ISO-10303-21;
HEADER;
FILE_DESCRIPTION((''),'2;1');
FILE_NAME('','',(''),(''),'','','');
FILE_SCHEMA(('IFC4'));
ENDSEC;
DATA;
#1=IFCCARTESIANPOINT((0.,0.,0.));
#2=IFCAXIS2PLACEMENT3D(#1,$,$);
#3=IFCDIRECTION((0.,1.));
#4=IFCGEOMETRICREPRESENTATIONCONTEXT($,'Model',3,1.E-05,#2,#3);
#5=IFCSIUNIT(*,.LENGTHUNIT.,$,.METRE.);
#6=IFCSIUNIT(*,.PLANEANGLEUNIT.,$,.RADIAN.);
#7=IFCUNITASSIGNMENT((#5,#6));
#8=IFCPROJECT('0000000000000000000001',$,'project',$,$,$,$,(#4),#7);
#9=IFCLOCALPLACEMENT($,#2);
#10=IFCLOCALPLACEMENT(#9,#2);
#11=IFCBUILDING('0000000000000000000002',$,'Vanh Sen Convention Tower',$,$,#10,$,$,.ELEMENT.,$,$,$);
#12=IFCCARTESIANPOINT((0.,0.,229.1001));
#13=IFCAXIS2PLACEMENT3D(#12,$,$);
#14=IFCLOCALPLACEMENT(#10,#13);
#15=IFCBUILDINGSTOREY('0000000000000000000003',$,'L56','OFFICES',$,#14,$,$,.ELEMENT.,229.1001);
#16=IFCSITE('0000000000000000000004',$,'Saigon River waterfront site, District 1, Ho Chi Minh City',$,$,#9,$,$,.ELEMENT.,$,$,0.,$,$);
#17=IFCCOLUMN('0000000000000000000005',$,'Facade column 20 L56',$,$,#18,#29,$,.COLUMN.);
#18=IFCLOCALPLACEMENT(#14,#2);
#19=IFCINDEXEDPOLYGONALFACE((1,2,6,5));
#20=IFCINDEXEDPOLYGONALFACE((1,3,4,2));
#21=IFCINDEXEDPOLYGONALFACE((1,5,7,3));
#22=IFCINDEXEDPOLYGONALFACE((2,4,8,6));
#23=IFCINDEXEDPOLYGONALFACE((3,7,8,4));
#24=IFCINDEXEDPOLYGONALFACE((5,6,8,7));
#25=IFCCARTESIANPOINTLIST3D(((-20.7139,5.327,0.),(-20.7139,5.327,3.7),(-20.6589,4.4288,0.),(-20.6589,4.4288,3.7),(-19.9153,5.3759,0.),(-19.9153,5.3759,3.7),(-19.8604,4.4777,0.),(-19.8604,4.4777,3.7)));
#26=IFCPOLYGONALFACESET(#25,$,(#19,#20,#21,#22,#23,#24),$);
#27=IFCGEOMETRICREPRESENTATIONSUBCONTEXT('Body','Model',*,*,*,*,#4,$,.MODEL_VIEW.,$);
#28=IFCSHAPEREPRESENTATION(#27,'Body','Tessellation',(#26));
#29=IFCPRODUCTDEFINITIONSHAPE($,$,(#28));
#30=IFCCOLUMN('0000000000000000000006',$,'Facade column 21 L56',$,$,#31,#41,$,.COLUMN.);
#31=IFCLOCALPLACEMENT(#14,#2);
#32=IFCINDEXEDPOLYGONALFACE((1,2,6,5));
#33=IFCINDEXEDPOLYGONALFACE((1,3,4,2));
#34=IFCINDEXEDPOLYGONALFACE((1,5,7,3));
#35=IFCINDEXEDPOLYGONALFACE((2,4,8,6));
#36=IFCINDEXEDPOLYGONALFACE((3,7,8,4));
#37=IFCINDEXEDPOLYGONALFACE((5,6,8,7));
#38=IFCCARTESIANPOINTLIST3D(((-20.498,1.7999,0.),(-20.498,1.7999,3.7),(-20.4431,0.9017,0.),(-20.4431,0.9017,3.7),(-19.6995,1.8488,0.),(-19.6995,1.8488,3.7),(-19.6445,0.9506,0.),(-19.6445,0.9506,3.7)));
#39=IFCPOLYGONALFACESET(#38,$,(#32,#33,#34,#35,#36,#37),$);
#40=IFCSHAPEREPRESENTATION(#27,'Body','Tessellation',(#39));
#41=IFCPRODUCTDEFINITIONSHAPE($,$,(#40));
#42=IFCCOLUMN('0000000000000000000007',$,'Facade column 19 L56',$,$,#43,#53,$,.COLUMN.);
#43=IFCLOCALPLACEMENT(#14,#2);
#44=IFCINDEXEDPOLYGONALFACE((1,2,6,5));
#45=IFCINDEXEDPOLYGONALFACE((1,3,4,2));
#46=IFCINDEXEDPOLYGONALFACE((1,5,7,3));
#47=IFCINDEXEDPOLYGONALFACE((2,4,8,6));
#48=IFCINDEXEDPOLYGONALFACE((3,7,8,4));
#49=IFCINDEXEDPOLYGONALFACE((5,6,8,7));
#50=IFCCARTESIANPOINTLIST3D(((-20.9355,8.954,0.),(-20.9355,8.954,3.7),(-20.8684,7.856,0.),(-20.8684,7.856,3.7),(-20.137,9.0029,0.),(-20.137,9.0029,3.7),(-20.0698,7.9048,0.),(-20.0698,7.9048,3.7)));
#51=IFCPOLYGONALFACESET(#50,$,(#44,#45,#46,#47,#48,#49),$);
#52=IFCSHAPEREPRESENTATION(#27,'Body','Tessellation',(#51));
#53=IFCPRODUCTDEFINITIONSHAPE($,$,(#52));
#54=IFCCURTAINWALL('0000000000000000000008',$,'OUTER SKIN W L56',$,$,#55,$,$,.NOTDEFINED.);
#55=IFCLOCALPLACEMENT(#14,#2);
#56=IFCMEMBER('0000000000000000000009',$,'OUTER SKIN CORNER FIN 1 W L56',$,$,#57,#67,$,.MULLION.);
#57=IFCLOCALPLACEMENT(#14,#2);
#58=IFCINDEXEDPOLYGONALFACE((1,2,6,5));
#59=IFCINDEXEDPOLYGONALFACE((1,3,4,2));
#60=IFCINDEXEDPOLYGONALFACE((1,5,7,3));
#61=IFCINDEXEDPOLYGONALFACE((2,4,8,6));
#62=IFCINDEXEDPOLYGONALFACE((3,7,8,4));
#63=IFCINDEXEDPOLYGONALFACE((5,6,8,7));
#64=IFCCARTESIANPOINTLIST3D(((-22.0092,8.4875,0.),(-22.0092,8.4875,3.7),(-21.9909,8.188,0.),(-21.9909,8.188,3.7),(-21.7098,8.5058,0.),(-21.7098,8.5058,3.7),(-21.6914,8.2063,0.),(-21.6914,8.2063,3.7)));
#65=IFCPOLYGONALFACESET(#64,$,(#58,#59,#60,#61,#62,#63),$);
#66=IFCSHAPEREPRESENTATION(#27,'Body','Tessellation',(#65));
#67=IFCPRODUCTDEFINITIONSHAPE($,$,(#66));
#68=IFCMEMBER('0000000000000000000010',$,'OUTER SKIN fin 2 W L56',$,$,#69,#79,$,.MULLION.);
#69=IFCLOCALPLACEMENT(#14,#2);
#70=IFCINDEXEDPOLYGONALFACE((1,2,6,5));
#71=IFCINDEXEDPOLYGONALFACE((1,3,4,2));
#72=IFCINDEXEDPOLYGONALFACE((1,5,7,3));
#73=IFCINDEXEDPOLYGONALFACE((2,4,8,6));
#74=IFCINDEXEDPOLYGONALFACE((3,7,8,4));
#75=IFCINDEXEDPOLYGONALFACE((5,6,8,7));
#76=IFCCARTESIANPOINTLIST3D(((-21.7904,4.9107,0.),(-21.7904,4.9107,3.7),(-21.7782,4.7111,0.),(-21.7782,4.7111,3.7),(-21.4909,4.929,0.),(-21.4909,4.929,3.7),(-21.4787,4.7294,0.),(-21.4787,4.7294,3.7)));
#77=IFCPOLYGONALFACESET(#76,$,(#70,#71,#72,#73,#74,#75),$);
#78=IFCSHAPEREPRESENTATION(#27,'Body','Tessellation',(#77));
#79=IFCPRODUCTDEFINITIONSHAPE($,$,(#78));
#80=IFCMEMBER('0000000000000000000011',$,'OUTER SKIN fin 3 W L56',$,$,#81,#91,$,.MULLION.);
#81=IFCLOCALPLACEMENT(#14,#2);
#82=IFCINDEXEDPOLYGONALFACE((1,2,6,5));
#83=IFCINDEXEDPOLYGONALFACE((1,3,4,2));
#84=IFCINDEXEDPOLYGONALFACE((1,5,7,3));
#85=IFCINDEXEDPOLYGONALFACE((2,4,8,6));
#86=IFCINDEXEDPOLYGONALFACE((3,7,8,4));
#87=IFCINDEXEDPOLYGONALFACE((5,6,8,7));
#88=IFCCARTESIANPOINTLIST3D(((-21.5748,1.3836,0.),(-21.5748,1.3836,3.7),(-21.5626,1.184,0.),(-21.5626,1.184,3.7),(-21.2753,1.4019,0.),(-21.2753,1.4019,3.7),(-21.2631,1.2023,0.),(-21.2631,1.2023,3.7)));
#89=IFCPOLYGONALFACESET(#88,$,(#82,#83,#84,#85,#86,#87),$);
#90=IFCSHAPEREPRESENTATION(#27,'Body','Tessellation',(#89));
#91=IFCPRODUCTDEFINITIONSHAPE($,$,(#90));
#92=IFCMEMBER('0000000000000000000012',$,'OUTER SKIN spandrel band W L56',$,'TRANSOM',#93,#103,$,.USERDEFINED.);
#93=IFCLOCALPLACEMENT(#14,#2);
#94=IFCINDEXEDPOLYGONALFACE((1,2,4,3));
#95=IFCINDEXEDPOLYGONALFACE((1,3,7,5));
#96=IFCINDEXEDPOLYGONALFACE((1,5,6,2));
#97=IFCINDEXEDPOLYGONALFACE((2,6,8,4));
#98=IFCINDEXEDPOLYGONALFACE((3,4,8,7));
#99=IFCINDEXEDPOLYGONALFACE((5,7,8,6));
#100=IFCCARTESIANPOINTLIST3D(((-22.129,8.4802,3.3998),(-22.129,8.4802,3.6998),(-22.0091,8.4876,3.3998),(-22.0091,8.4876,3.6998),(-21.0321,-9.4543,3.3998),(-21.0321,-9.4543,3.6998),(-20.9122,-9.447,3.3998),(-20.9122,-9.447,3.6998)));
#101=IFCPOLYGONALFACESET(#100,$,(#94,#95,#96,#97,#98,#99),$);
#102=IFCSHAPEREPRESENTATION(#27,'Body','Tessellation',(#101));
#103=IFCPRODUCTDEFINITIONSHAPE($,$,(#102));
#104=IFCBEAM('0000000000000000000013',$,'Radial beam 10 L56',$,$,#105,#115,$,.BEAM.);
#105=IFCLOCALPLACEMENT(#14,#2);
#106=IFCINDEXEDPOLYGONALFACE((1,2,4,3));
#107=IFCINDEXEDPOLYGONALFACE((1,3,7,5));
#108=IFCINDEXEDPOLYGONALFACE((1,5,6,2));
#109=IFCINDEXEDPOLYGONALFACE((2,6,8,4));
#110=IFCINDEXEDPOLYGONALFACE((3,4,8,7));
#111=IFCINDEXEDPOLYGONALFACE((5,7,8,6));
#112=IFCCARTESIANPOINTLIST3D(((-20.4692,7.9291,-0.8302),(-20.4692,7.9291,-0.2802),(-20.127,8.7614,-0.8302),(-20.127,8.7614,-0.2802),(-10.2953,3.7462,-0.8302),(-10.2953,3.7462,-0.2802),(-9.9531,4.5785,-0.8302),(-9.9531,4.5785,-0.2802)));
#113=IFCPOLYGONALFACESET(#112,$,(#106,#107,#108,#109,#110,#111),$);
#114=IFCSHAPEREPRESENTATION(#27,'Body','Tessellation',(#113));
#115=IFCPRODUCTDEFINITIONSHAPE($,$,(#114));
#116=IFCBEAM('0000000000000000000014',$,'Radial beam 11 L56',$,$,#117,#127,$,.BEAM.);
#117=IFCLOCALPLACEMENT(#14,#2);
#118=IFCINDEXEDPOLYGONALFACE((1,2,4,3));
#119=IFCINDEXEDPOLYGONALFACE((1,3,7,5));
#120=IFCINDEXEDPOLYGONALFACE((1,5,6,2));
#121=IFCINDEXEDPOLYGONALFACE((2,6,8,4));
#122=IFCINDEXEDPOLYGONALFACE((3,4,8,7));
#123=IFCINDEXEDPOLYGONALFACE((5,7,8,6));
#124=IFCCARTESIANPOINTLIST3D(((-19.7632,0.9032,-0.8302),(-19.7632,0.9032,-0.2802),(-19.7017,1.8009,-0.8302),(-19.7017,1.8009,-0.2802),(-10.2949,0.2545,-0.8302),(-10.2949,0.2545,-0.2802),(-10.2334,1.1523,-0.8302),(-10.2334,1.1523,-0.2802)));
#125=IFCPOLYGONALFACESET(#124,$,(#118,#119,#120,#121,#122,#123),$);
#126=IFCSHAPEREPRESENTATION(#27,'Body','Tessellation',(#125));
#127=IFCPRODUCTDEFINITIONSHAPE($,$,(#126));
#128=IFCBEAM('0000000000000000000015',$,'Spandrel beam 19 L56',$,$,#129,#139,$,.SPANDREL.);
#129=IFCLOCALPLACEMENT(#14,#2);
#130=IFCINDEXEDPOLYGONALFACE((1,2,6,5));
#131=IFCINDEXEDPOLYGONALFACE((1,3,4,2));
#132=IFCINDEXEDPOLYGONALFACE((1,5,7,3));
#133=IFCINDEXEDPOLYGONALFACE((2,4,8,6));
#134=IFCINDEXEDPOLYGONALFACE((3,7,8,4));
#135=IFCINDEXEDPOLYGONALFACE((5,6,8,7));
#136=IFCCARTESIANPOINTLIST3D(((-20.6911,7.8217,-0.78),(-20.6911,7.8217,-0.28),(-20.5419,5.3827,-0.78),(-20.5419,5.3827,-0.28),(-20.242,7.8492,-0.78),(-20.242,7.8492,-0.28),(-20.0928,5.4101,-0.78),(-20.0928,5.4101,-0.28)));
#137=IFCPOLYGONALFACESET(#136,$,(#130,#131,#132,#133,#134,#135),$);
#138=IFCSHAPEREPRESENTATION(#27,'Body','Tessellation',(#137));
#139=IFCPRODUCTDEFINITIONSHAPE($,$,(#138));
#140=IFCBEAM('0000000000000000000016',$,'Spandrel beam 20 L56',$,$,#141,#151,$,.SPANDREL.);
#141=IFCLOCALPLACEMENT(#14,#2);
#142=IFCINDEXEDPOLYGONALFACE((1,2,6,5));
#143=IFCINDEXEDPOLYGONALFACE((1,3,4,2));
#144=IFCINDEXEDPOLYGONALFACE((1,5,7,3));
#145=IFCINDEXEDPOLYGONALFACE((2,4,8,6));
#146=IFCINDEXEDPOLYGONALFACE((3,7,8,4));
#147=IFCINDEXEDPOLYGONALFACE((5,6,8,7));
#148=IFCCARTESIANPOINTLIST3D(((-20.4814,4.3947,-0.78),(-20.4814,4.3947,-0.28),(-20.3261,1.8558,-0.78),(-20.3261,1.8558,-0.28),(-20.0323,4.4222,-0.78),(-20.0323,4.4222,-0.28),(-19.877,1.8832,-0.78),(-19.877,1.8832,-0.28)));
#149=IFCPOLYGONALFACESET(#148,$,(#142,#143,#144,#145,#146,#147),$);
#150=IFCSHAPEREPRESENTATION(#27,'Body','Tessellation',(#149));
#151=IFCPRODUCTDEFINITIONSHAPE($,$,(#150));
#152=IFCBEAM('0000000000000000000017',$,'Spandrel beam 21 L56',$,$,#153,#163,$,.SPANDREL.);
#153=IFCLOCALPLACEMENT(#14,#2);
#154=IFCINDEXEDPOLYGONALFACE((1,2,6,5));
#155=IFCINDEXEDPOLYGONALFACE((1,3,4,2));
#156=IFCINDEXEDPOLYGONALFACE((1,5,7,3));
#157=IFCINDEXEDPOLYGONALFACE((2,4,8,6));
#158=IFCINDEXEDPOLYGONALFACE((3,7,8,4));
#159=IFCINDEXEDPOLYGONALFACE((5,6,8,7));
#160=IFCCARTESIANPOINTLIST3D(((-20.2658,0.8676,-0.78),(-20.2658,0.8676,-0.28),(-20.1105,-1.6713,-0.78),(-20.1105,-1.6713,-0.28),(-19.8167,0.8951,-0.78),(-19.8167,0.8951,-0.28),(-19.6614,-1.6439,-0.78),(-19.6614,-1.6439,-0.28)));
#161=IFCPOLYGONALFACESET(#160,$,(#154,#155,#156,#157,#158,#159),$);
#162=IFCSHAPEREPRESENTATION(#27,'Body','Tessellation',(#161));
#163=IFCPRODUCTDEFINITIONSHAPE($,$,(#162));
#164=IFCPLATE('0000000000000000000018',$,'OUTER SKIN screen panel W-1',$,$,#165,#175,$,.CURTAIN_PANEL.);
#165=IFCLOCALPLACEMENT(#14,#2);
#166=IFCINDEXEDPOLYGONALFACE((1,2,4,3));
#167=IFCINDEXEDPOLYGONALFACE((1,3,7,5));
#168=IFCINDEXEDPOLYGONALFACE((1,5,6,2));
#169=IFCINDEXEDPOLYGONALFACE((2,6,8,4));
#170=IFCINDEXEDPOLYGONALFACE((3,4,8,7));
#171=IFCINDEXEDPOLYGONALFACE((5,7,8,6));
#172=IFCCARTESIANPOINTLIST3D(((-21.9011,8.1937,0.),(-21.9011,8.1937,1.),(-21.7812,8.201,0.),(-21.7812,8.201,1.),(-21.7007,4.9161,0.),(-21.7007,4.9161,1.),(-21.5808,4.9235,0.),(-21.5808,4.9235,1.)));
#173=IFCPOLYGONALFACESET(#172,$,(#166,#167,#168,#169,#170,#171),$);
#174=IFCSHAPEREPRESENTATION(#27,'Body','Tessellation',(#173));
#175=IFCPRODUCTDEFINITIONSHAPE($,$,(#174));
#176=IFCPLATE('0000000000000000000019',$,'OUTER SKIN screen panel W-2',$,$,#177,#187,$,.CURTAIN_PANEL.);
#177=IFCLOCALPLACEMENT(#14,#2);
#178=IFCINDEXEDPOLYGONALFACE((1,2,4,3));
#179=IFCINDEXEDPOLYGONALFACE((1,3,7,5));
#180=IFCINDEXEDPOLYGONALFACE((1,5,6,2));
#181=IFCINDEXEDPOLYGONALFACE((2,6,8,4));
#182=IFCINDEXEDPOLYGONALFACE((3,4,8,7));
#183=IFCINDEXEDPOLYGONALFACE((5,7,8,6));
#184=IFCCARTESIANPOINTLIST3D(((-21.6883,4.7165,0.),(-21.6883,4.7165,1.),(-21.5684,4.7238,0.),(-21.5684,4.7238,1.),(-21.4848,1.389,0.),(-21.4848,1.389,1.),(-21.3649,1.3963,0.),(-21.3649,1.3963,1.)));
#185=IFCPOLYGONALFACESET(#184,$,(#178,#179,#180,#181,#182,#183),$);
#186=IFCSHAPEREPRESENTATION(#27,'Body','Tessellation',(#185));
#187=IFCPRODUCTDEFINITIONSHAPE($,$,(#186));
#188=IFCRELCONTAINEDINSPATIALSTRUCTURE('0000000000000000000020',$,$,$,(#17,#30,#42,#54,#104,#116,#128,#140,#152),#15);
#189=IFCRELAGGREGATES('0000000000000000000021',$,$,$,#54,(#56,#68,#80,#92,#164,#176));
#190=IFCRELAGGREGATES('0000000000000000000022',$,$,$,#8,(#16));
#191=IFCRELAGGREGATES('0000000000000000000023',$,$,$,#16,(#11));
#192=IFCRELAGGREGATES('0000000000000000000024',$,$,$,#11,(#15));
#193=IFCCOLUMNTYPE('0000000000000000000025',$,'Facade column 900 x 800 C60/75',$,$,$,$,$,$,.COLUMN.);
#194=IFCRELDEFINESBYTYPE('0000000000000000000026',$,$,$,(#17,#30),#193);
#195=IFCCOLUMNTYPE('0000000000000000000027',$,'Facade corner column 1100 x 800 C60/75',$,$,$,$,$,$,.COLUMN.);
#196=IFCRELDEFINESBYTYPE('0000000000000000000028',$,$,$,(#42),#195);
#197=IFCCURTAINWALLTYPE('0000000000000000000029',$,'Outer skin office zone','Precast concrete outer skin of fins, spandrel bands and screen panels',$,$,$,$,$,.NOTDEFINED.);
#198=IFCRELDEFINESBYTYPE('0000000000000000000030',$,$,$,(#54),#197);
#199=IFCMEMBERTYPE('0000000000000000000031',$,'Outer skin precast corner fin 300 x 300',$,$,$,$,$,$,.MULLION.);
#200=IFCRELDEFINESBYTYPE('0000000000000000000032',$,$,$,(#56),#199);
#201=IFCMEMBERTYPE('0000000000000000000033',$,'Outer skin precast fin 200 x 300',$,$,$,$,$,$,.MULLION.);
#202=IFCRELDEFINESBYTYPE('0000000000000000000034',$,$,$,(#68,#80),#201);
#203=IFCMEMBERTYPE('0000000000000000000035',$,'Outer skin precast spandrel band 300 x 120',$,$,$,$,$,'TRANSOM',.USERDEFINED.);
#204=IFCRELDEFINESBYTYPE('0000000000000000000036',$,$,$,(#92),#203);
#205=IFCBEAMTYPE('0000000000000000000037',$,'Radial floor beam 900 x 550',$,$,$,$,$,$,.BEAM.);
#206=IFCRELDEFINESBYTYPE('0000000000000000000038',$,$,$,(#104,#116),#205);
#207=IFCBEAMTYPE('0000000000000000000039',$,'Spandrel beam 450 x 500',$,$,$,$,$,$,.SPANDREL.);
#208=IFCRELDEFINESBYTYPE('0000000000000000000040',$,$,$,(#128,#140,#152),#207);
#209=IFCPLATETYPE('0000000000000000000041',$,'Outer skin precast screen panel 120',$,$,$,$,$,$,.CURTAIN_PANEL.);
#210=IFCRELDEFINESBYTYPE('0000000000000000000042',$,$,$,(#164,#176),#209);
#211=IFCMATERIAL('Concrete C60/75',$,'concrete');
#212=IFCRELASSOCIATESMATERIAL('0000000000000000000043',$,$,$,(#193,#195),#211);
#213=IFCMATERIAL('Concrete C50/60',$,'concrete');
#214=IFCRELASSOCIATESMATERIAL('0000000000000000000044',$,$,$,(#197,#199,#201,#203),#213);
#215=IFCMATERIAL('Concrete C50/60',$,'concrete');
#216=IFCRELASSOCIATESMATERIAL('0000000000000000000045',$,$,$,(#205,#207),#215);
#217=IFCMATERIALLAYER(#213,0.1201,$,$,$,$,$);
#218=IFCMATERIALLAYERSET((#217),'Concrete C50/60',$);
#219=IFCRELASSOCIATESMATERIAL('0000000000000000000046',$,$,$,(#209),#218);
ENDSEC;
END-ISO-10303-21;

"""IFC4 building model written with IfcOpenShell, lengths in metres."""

from ifc_helpers import new_model, si_unit, direction, frame, origin, origin_2d, place, context, subcontext, project, spatial, rectangle, extrude, material, layer, layer_set, material_profile, profile_set, type_object, element, aggregate, save


model = new_model("IFC4")

# Units and contexts
model_context = context("Model", 3, precision=1e-05, world=origin(), true_north=direction((0.0, 1.0)))
body_context = subcontext(model_context, "Body", "Model", "MODEL_VIEW")
ifc_project = project(units=[si_unit("LENGTHUNIT", "METRE"), si_unit("PLANEANGLEUNIT", "RADIAN")], contexts=[model_context])

# Site, building, storey
site_placement = place(None, origin())
site = spatial("IfcSite", under=ifc_project, at=site_placement, Name="Saigon River waterfront site, District 1, Ho Chi Minh City", CompositionType="ELEMENT", RefElevation=0.0)
building_placement = place(site_placement, origin())
building = spatial("IfcBuilding", under=site, at=building_placement, Name="Vanh Sen Convention Tower", CompositionType="ELEMENT")
storey_placement = place(building_placement, frame((0.0, 0.0, 229.1001)))
storey = spatial("IfcBuildingStorey", under=building, at=storey_placement, Name="L56", Description="OFFICES", CompositionType="ELEMENT", Elevation=229.1001)

# Columns
ifc_material_1 = material(Name="Concrete C60/75", Category="concrete")
ifc_material_profile_1 = material_profile(ifc_material_1, rectangle(XDim=0.8999, YDim=0.8, at=origin_2d()), Name="RC 900X800")
ifc_profile_set_1 = profile_set([ifc_material_profile_1], Name="Concrete C60/75")
column_type_1 = type_object("IfcColumnType", Name="Facade column 900 x 800 C60/75", PredefinedType="COLUMN", material=ifc_profile_set_1)
for number, where, z_axis, x_axis, name in (
    (1, (-20.2871, 4.9023, 0.0), (0.0, 0.0, 1.0), (0.061049, -0.998135, 0.0), "Facade column 20 L56"),
    (2, (-20.0713, 1.3752, 0.0), (0.0, 0.0, 1.0), (0.061049, -0.998135, 0.0), "Facade column 21 L56"),
):
    element("IfcColumn", number, at=place(storey_placement, frame(where, z_axis=z_axis, x_axis=x_axis)), inside=storey, type_object=column_type_1, Name=name, PredefinedType="COLUMN", context=body_context, shape_type="SweptSolid", body=[
        extrude(rectangle(XDim=0.8999, YDim=0.8, at=origin_2d()), origin(), (0.0, 0.0, 1.0), 3.7),
    ])
ifc_material_profile_2 = material_profile(ifc_material_1, rectangle(XDim=1.1001, YDim=0.8, at=origin_2d()), Name="RC 1100X800")
ifc_profile_set_2 = profile_set([ifc_material_profile_2], Name="Concrete C60/75")
column_type_2 = type_object("IfcColumnType", Name="Facade corner column 1100 x 800 C60/75", PredefinedType="COLUMN", material=ifc_profile_set_2)
column_placement = place(storey_placement, frame((-20.5027, 8.4294, 0.0), z_axis=(0.0, 0.0, 1.0), x_axis=(0.061049, -0.998135, 0.0)))
element("IfcColumn", 3, at=column_placement, inside=storey, type_object=column_type_2, Name="Facade column 19 L56", PredefinedType="COLUMN", context=body_context, shape_type="SweptSolid", body=[
    extrude(rectangle(XDim=1.1001, YDim=0.8, at=origin_2d()), origin(), (0.0, 0.0, 1.0), 3.7),
])

# Curtain wall, members
ifc_material_2 = material(Name="Concrete C50/60", Category="concrete")
curtain_wall_type = type_object("IfcCurtainWallType", Name="Outer skin office zone", Description="Precast concrete outer skin of fins, spandrel bands and screen panels", PredefinedType="NOTDEFINED", material=ifc_material_2)
curtain_wall_placement = place(storey_placement, origin())
curtain_wall = element("IfcCurtainWall", 4, at=curtain_wall_placement, inside=storey, type_object=curtain_wall_type, Name="OUTER SKIN W L56", PredefinedType="NOTDEFINED")
ifc_material_profile_3 = material_profile(ifc_material_2, rectangle(XDim=0.3, YDim=0.3, at=origin_2d()), Name="Outer skin precast corner fin 300 x 300")
ifc_profile_set_3 = profile_set([ifc_material_profile_3], Name="Concrete C50/60")
member_type_1 = type_object("IfcMemberType", Name="Outer skin precast corner fin 300 x 300", PredefinedType="MULLION", material=ifc_profile_set_3)
member_1_placement = place(storey_placement, frame((-21.8503, 8.3469, 0.0), z_axis=(0.0, 0.0, 1.0), x_axis=(0.061049, -0.998135, 0.0)))
member_1 = element("IfcMember", 5, at=member_1_placement, type_object=member_type_1, Name="OUTER SKIN CORNER FIN 1 W L56", PredefinedType="MULLION", context=body_context, shape_type="SweptSolid", body=[
    extrude(rectangle(XDim=0.3, YDim=0.3, at=origin_2d()), origin(), (0.0, 0.0, 1.0), 3.7),
])
ifc_material_profile_4 = material_profile(ifc_material_2, rectangle(XDim=0.2, YDim=0.3, at=origin_2d()), Name="Outer skin precast fin 200 x 300")
ifc_profile_set_4 = profile_set([ifc_material_profile_4], Name="Concrete C50/60")
member_type_2 = type_object("IfcMemberType", Name="Outer skin precast fin 200 x 300", PredefinedType="MULLION", material=ifc_profile_set_4)
member_2_placement = place(storey_placement, frame((-21.6345, 4.8201, 0.0), z_axis=(0.0, 0.0, 1.0), x_axis=(0.061049, -0.998135, 0.0)))
member_2 = element("IfcMember", 6, at=member_2_placement, type_object=member_type_2, Name="OUTER SKIN fin 2 W L56", PredefinedType="MULLION", context=body_context, shape_type="SweptSolid", body=[
    extrude(rectangle(XDim=0.2, YDim=0.3, at=origin_2d()), origin(), (0.0, 0.0, 1.0), 3.7),
])
member_3_placement = place(storey_placement, frame((-21.4189, 1.293, 0.0), z_axis=(0.0, 0.0, 1.0), x_axis=(0.061049, -0.998135, 0.0)))
member_3 = element("IfcMember", 7, at=member_3_placement, type_object=member_type_2, Name="OUTER SKIN fin 3 W L56", PredefinedType="MULLION", context=body_context, shape_type="SweptSolid", body=[
    extrude(rectangle(XDim=0.2, YDim=0.3, at=origin_2d()), origin(), (0.0, 0.0, 1.0), 3.7),
])
ifc_material_profile_5 = material_profile(ifc_material_2, rectangle(XDim=0.1201, YDim=0.3, at=origin_2d()), Name="Outer skin precast spandrel band 300 x 120")
ifc_profile_set_5 = profile_set([ifc_material_profile_5], Name="Concrete C50/60")
member_type_3 = type_object("IfcMemberType", Name="Outer skin precast spandrel band 300 x 120", ElementType="TRANSOM", PredefinedType="USERDEFINED", material=ifc_profile_set_5)
member_4_placement = place(storey_placement, frame((-22.0691, 8.4839, 3.5498), z_axis=(0.061048, -0.998135, 0.0), x_axis=(0.998135, 0.061048, 0.0)))
member_4 = element("IfcMember", 8, at=member_4_placement, type_object=member_type_3, Name="OUTER SKIN spandrel band W L56", ObjectType="TRANSOM", PredefinedType="USERDEFINED", context=body_context, shape_type="SweptSolid", body=[
    extrude(rectangle(XDim=0.1201, YDim=0.3, at=origin_2d()), origin(), (0.0, 0.0, 1.0), 17.968),
])

# Beams
ifc_material_3 = material(Name="Concrete C50/60", Category="concrete")
ifc_material_profile_6 = material_profile(ifc_material_3, rectangle(XDim=0.8999, YDim=0.55, at=origin_2d()), Name="RC 900X550")
ifc_profile_set_6 = profile_set([ifc_material_profile_6], Name="Concrete C50/60")
beam_type_1 = type_object("IfcBeamType", Name="Radial floor beam 900 x 550", PredefinedType="BEAM", material=ifc_profile_set_6)
beam_1_placement = place(storey_placement, frame((-20.2981, 8.3452, -0.5552), z_axis=(0.924882, -0.380255, 0.0), x_axis=(0.380255, 0.924882, 0.0)))
element("IfcBeam", 9, at=beam_1_placement, inside=storey, type_object=beam_type_1, Name="Radial beam 10 L56", PredefinedType="BEAM", context=body_context, shape_type="SweptSolid", body=[
    extrude(rectangle(XDim=0.8999, YDim=0.55, at=origin_2d()), origin(), (0.0, 0.0, 1.0), 11.0002),
])
beam_2_placement = place(storey_placement, frame((-19.7324, 1.3521, -0.5552), z_axis=(0.997661, -0.068351, 0.0), x_axis=(0.068351, 0.997661, 0.0)))
element("IfcBeam", 10, at=beam_2_placement, inside=storey, type_object=beam_type_1, Name="Radial beam 11 L56", PredefinedType="BEAM", context=body_context, shape_type="SweptSolid", body=[
    extrude(rectangle(XDim=0.8999, YDim=0.55, at=origin_2d()), origin(), (0.0, 0.0, 1.0), 9.4905),
])
ifc_material_profile_7 = material_profile(ifc_material_3, rectangle(XDim=0.45, YDim=0.5, at=origin_2d()), Name="RC 450X500")
ifc_profile_set_7 = profile_set([ifc_material_profile_7], Name="Concrete C50/60")
beam_type_2 = type_object("IfcBeamType", Name="Spandrel beam 450 x 500", PredefinedType="SPANDREL", material=ifc_profile_set_7)
beam_3_placement = place(storey_placement, frame((-20.4666, 7.8354, -0.53), z_axis=(0.061047, -0.998135, 0.0), x_axis=(0.998135, 0.061047, 0.0)))
element("IfcBeam", 11, at=beam_3_placement, inside=storey, type_object=beam_type_2, Name="Spandrel beam 19 L56", PredefinedType="SPANDREL", context=body_context, shape_type="SweptSolid", body=[
    extrude(rectangle(XDim=0.45, YDim=0.5, at=origin_2d()), origin(), (0.0, 0.0, 1.0), 2.4436),
])
for number, where, z_axis, x_axis, name in (
    (12, (-20.2568, 4.4084, -0.53), (0.06104, -0.998135, 0.0), (0.998135, 0.06104, 0.0), "Spandrel beam 20 L56"),
    (13, (-20.0413, 0.8813, -0.53), (0.06104, -0.998135, 0.0), (0.998135, 0.06104, 0.0), "Spandrel beam 21 L56"),
):
    element("IfcBeam", number, at=place(storey_placement, frame(where, z_axis=z_axis, x_axis=x_axis)), inside=storey, type_object=beam_type_2, Name=name, PredefinedType="SPANDREL", context=body_context, shape_type="SweptSolid", body=[
        extrude(rectangle(XDim=0.45, YDim=0.5, at=origin_2d()), origin(), (0.0, 0.0, 1.0), 2.5437),
    ])

# Plates
ifc_layer_1 = layer(ifc_material_2, 0.1201)
ifc_layer_set_1 = layer_set([ifc_layer_1], Name="Concrete C50/60")
plate_type = type_object("IfcPlateType", Name="Outer skin precast screen panel 120", PredefinedType="CURTAIN_PANEL", material=ifc_layer_set_1)
plate_1_placement = place(storey_placement, frame((-21.741, 6.5586, 0.0), z_axis=(0.0, 0.0, 1.0), x_axis=(0.061043, -0.998135, 0.0)))
plate_1 = element("IfcPlate", 14, at=plate_1_placement, type_object=plate_type, Name="OUTER SKIN screen panel W-1", PredefinedType="CURTAIN_PANEL", context=body_context, shape_type="SweptSolid", body=[
    extrude(rectangle(XDim=3.2837, YDim=0.1201, at=origin_2d()), origin(), (0.0, 0.0, 1.0), 1.0),
])
plate_2_placement = place(storey_placement, frame((-21.5266, 3.0564, 0.0), z_axis=(0.0, 0.0, 1.0), x_axis=(0.061042, -0.998135, 0.0)))
plate_2 = element("IfcPlate", 15, at=plate_2_placement, type_object=plate_type, Name="OUTER SKIN screen panel W-2", PredefinedType="CURTAIN_PANEL", context=body_context, shape_type="SweptSolid", body=[
    extrude(rectangle(XDim=3.3337, YDim=0.1201, at=origin_2d()), origin(), (0.0, 0.0, 1.0), 1.0),
])
aggregate(curtain_wall, [member_1, member_2, member_3, member_4, plate_1, plate_2])

save(model, "model.ifc")
